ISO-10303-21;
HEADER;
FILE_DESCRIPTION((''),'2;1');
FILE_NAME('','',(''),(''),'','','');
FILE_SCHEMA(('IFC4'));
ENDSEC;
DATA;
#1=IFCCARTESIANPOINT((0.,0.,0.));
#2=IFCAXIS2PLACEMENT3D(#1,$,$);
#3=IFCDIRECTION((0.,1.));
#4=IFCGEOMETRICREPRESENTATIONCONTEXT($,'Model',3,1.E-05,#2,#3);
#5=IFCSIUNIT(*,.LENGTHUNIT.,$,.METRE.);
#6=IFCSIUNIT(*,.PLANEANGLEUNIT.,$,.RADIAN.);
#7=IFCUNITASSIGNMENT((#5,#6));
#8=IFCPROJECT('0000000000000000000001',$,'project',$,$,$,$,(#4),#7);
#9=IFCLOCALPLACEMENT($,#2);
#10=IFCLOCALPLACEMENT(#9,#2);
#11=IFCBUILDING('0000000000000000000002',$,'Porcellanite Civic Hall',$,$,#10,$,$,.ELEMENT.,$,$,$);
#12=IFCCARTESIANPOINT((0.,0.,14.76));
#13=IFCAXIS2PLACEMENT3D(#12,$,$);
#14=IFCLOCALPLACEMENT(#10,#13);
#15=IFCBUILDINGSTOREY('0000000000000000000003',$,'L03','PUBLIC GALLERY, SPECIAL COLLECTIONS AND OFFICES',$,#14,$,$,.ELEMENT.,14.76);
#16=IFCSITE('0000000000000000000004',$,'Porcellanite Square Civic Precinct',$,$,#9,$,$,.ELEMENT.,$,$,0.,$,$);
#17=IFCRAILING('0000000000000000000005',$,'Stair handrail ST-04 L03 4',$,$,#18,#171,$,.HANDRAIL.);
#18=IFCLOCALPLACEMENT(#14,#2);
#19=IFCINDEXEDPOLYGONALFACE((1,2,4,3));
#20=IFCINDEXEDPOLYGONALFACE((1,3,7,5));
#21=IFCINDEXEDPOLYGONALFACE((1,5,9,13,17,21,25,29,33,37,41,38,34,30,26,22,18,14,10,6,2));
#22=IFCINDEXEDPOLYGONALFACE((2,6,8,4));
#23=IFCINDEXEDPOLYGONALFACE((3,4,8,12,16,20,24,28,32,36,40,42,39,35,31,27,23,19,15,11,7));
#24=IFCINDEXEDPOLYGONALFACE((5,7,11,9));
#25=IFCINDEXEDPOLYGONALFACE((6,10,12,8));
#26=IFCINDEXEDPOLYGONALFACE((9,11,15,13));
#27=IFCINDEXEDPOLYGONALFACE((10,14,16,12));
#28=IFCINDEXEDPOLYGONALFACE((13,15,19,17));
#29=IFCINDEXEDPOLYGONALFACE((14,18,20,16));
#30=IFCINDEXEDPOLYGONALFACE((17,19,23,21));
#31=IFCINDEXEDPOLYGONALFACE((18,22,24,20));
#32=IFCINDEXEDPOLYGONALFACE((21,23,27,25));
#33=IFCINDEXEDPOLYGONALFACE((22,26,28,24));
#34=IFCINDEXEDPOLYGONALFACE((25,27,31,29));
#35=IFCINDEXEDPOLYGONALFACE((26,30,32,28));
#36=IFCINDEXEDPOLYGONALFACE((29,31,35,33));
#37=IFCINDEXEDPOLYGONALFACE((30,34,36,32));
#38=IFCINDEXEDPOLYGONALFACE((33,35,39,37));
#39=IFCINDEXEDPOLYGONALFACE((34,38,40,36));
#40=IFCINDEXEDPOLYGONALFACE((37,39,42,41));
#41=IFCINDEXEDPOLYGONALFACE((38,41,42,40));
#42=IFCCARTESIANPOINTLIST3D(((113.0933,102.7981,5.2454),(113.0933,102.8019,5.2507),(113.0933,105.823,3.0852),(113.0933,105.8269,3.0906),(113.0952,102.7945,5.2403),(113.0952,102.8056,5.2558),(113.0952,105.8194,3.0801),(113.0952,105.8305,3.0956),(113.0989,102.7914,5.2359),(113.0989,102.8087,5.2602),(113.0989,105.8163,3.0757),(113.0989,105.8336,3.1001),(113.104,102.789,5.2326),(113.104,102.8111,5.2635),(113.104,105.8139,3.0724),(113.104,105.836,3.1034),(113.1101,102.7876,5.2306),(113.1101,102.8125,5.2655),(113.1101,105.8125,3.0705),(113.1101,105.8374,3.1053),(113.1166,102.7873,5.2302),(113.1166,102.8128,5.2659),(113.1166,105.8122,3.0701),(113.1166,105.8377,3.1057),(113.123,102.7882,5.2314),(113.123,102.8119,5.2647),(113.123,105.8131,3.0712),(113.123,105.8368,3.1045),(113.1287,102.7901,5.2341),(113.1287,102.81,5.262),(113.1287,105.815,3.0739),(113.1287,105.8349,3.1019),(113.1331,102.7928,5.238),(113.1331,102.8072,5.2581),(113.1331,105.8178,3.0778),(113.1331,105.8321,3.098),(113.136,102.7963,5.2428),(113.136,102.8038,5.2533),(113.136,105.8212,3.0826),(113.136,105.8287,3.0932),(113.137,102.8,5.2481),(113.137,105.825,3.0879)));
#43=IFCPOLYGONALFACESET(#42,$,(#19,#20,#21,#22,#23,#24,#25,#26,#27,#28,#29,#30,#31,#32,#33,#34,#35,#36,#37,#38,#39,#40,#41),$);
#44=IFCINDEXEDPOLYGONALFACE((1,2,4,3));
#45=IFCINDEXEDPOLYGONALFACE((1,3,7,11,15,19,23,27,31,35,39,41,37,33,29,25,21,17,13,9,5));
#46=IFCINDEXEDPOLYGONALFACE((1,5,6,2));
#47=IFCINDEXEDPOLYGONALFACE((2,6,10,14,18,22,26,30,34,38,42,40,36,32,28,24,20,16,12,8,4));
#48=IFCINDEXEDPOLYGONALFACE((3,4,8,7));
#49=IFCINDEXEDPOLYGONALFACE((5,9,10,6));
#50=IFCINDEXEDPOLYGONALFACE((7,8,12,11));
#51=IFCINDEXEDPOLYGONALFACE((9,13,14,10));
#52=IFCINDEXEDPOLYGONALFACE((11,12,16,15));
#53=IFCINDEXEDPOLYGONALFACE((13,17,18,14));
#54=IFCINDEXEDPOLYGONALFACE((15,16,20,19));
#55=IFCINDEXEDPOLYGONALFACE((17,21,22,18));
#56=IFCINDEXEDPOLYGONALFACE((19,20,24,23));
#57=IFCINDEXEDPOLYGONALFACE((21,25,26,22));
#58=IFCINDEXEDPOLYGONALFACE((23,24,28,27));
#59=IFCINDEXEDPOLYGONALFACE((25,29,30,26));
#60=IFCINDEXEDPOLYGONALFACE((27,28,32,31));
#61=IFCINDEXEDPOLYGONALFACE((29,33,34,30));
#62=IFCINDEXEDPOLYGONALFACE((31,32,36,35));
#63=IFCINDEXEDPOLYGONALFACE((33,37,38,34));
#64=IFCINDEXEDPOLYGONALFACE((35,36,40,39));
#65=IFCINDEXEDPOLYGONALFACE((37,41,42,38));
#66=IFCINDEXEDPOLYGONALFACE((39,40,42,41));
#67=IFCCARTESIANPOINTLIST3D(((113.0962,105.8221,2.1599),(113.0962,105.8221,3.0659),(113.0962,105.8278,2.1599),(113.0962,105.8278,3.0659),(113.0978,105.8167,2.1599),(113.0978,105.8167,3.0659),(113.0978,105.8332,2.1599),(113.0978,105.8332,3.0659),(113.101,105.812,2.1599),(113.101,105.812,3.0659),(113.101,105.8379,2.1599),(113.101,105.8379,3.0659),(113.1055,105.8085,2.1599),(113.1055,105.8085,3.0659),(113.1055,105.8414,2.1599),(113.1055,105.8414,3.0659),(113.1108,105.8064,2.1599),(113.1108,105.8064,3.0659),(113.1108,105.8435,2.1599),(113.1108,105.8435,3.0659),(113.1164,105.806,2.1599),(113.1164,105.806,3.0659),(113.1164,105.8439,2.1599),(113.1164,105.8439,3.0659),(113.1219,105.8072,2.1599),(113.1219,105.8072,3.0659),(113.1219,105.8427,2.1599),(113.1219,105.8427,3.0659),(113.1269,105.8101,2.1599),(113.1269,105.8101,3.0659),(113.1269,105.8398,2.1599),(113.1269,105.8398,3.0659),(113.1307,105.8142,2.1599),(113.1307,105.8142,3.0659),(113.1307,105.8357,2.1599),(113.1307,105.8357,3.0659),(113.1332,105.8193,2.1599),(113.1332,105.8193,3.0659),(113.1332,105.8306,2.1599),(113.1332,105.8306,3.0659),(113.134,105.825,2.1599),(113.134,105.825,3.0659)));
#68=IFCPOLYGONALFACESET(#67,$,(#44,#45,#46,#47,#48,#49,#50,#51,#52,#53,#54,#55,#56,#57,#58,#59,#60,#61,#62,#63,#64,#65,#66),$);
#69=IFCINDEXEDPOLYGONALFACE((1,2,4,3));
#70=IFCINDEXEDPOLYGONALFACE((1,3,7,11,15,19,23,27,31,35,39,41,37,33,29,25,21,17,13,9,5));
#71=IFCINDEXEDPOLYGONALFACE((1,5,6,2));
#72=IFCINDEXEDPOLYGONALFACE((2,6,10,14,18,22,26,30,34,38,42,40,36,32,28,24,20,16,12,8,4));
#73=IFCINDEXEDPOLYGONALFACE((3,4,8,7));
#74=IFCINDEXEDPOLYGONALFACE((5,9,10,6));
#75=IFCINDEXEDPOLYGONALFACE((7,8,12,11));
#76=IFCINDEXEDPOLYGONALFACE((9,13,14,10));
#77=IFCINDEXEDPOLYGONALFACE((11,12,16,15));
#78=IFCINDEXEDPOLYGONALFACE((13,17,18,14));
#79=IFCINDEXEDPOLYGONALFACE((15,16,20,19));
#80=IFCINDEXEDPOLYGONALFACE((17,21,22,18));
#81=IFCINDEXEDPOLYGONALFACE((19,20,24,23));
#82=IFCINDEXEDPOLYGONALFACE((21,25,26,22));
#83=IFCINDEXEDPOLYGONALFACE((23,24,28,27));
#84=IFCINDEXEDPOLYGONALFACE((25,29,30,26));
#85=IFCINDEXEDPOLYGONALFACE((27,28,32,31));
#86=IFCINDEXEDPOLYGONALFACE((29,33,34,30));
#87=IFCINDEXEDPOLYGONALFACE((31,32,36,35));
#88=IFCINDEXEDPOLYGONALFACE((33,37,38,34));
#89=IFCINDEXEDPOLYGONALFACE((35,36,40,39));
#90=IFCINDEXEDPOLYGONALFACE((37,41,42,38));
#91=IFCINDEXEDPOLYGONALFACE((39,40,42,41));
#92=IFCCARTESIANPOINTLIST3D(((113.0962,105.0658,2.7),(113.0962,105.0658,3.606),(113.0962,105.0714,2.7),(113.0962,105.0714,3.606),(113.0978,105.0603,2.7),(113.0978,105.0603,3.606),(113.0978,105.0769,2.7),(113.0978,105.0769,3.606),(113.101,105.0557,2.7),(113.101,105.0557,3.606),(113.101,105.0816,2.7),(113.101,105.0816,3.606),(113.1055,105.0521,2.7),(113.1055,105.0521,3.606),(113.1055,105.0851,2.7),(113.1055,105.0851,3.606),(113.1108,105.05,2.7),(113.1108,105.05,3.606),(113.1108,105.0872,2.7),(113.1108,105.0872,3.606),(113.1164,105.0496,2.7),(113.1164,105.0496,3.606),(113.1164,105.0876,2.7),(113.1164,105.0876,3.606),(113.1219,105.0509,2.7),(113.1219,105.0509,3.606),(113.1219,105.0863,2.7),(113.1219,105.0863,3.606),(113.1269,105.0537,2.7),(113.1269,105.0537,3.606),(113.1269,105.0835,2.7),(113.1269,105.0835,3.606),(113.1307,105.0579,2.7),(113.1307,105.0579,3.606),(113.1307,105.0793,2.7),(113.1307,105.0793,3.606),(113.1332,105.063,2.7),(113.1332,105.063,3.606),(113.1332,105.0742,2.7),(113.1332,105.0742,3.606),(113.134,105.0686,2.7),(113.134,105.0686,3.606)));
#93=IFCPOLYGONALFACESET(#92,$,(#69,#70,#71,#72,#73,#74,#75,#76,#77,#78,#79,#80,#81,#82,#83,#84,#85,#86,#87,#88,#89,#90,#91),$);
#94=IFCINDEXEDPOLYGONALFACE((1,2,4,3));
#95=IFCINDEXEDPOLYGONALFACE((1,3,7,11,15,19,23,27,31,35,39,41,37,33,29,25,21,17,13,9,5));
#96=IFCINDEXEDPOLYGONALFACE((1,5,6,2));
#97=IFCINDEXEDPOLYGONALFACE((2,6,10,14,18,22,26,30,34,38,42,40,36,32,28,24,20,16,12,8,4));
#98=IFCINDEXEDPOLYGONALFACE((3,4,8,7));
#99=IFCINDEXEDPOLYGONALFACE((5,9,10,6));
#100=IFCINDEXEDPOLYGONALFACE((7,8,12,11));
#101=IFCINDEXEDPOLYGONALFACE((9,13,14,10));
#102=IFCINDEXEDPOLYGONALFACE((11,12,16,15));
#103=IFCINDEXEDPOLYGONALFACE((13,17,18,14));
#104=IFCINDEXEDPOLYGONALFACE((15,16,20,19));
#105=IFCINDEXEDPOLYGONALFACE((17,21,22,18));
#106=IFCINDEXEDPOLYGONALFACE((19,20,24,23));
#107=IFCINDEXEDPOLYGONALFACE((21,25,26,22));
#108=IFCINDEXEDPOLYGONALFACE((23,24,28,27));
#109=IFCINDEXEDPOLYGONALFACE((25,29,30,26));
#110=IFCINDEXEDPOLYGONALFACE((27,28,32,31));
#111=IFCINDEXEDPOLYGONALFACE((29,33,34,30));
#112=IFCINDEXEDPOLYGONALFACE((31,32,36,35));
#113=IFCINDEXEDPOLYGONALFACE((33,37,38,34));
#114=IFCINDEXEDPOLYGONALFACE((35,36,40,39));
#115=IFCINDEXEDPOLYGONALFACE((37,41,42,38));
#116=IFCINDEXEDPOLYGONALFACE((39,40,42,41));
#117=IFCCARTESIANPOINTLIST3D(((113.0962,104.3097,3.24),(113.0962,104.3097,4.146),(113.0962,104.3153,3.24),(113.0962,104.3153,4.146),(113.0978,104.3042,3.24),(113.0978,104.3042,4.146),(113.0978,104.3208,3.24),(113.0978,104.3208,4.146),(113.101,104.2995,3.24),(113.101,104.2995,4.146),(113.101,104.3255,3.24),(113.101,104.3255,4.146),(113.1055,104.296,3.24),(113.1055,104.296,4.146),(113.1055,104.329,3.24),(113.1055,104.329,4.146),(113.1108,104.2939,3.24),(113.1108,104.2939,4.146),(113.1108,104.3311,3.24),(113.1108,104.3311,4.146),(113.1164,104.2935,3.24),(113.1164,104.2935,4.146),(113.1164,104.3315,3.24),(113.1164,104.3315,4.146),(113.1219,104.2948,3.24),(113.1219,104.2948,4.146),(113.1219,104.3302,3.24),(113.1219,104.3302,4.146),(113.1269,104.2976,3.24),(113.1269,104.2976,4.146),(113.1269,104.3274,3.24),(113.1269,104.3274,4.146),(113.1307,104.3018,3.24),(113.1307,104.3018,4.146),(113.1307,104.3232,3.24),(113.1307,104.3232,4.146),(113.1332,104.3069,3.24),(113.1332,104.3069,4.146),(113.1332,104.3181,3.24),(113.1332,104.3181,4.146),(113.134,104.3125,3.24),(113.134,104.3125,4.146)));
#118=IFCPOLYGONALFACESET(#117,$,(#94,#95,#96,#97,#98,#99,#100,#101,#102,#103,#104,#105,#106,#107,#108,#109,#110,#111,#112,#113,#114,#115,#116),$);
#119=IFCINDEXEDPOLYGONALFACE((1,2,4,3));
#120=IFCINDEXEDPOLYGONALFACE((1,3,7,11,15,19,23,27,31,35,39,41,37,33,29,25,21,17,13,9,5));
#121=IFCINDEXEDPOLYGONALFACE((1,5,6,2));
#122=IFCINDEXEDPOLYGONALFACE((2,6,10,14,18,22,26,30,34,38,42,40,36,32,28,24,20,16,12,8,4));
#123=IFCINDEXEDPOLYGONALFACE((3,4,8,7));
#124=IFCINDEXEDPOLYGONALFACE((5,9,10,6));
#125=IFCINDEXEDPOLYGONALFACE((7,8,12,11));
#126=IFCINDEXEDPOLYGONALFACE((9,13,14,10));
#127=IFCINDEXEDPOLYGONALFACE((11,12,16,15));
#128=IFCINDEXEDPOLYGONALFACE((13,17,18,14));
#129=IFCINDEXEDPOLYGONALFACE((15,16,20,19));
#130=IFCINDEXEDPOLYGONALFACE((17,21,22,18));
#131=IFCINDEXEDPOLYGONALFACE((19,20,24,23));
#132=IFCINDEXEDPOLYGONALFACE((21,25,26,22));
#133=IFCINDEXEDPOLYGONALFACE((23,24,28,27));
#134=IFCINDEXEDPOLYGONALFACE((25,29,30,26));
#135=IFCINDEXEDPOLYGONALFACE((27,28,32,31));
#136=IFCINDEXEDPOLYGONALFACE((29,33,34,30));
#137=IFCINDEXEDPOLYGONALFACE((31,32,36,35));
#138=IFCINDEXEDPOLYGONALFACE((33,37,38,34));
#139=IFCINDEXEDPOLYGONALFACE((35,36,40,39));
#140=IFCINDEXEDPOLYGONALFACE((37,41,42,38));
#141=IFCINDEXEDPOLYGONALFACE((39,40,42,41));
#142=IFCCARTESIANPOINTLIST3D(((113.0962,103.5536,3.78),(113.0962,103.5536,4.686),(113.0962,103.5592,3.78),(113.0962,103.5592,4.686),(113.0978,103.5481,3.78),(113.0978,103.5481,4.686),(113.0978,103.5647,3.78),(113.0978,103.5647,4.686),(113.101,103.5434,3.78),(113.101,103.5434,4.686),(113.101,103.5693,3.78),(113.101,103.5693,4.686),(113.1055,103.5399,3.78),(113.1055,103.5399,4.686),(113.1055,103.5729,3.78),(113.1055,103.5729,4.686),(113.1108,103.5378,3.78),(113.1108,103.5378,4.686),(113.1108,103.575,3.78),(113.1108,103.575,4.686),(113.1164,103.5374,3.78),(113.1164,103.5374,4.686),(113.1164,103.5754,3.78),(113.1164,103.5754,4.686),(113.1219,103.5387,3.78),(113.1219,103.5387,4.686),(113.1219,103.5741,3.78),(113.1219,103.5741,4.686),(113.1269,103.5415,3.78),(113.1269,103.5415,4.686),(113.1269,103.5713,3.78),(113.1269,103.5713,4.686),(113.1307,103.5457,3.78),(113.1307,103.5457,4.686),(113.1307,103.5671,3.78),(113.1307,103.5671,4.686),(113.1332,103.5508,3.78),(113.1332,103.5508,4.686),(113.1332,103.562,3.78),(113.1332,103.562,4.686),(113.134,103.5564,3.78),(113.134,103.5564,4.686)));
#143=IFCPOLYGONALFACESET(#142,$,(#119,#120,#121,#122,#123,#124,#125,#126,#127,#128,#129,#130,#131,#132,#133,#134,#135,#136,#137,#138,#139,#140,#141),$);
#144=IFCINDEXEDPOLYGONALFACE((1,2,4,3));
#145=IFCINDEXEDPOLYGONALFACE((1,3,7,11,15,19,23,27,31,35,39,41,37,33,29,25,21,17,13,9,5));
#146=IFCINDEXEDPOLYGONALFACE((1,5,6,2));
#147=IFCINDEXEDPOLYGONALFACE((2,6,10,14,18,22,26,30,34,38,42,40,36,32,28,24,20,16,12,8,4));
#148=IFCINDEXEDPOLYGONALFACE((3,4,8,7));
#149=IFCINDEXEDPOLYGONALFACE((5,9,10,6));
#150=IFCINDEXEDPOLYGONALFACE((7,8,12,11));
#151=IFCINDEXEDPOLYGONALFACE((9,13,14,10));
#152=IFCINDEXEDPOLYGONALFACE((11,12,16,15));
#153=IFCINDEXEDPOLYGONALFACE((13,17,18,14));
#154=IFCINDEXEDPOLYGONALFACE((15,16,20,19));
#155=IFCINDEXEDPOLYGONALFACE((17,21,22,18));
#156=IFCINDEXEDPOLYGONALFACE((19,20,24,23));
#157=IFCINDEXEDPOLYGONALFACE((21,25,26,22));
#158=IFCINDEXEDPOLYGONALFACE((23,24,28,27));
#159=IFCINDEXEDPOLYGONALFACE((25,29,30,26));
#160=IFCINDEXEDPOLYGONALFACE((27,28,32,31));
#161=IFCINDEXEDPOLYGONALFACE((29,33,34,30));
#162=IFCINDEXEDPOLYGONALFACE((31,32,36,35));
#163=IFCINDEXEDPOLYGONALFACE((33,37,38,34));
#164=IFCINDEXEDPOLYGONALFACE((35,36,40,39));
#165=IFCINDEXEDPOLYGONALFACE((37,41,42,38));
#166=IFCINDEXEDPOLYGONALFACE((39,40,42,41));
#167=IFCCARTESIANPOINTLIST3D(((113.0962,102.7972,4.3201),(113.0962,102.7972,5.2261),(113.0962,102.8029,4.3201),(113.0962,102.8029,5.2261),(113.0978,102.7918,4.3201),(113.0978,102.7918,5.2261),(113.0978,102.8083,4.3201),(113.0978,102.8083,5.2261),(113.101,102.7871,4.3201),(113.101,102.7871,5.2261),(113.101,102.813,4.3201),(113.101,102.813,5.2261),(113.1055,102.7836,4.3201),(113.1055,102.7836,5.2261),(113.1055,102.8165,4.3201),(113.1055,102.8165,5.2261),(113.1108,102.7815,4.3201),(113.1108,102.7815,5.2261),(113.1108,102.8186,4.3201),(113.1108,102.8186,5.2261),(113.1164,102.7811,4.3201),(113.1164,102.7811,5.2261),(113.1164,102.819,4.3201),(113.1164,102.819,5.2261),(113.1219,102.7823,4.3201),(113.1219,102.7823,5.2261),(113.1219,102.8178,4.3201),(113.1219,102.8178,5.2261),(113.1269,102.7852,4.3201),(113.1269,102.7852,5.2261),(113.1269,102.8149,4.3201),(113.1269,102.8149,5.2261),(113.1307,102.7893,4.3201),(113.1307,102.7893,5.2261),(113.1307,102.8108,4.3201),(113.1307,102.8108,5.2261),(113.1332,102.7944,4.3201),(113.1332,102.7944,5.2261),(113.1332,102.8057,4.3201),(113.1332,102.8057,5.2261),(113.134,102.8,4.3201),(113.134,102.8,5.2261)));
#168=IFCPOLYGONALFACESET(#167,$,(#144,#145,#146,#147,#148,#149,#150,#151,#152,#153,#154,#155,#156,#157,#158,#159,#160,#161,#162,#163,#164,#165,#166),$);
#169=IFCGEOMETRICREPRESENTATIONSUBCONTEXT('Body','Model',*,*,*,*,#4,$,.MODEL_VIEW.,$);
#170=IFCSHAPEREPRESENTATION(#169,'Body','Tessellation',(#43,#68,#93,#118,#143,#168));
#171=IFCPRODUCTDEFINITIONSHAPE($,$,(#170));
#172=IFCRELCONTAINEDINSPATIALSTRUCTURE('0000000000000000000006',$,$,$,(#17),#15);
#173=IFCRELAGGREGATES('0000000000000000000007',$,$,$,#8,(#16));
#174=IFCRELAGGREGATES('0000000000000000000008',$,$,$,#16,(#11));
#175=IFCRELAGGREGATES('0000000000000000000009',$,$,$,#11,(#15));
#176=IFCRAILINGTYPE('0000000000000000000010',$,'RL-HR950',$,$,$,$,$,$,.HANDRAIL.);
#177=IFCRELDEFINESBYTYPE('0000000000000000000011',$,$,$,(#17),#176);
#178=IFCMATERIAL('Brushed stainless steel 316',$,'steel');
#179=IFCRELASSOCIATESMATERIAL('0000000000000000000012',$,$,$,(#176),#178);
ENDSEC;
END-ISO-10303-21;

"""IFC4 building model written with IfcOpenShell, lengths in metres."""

from ifc_helpers import new_model, si_unit, direction, frame, origin, origin_2d, place, context, subcontext, project, spatial, circle, extrude, material, type_object, element, save


model = new_model("IFC4")

# Units and contexts
model_context = context("Model", 3, precision=1e-05, world=origin(), true_north=direction((0.0, 1.0)))
body_context = subcontext(model_context, "Body", "Model", "MODEL_VIEW")
ifc_project = project(units=[si_unit("LENGTHUNIT", "METRE"), si_unit("PLANEANGLEUNIT", "RADIAN")], contexts=[model_context])

# Site, building, storey
site_placement = place(None, origin())
site = spatial("IfcSite", under=ifc_project, at=site_placement, Name="Porcellanite Square Civic Precinct", CompositionType="ELEMENT", RefElevation=0.0)
building_placement = place(site_placement, origin())
building = spatial("IfcBuilding", under=site, at=building_placement, Name="Porcellanite Civic Hall", CompositionType="ELEMENT")
storey_placement = place(building_placement, frame((0.0, 0.0, 14.76)))
storey = spatial("IfcBuildingStorey", under=building, at=storey_placement, Name="L03", Description="PUBLIC GALLERY, SPECIAL COLLECTIONS AND OFFICES", CompositionType="ELEMENT", Elevation=14.76)

# Railing
ifc_material_1 = material(Name="Brushed stainless steel 316", Category="steel")
railing_type_1 = type_object("IfcRailingType", Name="RL-HR950", PredefinedType="HANDRAIL", material=ifc_material_1)
railing_1_placement = place(storey_placement, frame((113.115, 105.825, 2.1599)))
element("IfcRailing", 1, at=railing_1_placement, inside=storey, type_object=railing_type_1, Name="Stair handrail ST-04 L03 4", PredefinedType="HANDRAIL", context=body_context, shape_type="SweptSolid", body=[
    extrude(circle(Radius=0.022, at=origin_2d()), frame((0.0, 0.0, 0.928), z_axis=(0.0, -0.813796, 0.581151), x_axis=(1.0, 0.0, 0.0)), (0.0, 0.0, 1.0), 3.717),
    extrude(circle(Radius=0.019, at=origin_2d()), origin(), (0.0, 0.0, 1.0), 0.906),
    extrude(circle(Radius=0.019, at=origin_2d()), frame((0.0, -0.7563, 0.54)), (0.0, 0.0, 1.0), 0.906),
    extrude(circle(Radius=0.019, at=origin_2d()), frame((0.0, -1.5125, 1.0801)), (0.0, 0.0, 1.0), 0.906),
    extrude(circle(Radius=0.019, at=origin_2d()), frame((0.0, -2.2686, 1.6201)), (0.0, 0.0, 1.0), 0.906),
    extrude(circle(Radius=0.019, at=origin_2d()), frame((0.0, -3.0249, 2.1602)), (0.0, 0.0, 1.0), 0.906),
])

save(model, "model.ifc")
